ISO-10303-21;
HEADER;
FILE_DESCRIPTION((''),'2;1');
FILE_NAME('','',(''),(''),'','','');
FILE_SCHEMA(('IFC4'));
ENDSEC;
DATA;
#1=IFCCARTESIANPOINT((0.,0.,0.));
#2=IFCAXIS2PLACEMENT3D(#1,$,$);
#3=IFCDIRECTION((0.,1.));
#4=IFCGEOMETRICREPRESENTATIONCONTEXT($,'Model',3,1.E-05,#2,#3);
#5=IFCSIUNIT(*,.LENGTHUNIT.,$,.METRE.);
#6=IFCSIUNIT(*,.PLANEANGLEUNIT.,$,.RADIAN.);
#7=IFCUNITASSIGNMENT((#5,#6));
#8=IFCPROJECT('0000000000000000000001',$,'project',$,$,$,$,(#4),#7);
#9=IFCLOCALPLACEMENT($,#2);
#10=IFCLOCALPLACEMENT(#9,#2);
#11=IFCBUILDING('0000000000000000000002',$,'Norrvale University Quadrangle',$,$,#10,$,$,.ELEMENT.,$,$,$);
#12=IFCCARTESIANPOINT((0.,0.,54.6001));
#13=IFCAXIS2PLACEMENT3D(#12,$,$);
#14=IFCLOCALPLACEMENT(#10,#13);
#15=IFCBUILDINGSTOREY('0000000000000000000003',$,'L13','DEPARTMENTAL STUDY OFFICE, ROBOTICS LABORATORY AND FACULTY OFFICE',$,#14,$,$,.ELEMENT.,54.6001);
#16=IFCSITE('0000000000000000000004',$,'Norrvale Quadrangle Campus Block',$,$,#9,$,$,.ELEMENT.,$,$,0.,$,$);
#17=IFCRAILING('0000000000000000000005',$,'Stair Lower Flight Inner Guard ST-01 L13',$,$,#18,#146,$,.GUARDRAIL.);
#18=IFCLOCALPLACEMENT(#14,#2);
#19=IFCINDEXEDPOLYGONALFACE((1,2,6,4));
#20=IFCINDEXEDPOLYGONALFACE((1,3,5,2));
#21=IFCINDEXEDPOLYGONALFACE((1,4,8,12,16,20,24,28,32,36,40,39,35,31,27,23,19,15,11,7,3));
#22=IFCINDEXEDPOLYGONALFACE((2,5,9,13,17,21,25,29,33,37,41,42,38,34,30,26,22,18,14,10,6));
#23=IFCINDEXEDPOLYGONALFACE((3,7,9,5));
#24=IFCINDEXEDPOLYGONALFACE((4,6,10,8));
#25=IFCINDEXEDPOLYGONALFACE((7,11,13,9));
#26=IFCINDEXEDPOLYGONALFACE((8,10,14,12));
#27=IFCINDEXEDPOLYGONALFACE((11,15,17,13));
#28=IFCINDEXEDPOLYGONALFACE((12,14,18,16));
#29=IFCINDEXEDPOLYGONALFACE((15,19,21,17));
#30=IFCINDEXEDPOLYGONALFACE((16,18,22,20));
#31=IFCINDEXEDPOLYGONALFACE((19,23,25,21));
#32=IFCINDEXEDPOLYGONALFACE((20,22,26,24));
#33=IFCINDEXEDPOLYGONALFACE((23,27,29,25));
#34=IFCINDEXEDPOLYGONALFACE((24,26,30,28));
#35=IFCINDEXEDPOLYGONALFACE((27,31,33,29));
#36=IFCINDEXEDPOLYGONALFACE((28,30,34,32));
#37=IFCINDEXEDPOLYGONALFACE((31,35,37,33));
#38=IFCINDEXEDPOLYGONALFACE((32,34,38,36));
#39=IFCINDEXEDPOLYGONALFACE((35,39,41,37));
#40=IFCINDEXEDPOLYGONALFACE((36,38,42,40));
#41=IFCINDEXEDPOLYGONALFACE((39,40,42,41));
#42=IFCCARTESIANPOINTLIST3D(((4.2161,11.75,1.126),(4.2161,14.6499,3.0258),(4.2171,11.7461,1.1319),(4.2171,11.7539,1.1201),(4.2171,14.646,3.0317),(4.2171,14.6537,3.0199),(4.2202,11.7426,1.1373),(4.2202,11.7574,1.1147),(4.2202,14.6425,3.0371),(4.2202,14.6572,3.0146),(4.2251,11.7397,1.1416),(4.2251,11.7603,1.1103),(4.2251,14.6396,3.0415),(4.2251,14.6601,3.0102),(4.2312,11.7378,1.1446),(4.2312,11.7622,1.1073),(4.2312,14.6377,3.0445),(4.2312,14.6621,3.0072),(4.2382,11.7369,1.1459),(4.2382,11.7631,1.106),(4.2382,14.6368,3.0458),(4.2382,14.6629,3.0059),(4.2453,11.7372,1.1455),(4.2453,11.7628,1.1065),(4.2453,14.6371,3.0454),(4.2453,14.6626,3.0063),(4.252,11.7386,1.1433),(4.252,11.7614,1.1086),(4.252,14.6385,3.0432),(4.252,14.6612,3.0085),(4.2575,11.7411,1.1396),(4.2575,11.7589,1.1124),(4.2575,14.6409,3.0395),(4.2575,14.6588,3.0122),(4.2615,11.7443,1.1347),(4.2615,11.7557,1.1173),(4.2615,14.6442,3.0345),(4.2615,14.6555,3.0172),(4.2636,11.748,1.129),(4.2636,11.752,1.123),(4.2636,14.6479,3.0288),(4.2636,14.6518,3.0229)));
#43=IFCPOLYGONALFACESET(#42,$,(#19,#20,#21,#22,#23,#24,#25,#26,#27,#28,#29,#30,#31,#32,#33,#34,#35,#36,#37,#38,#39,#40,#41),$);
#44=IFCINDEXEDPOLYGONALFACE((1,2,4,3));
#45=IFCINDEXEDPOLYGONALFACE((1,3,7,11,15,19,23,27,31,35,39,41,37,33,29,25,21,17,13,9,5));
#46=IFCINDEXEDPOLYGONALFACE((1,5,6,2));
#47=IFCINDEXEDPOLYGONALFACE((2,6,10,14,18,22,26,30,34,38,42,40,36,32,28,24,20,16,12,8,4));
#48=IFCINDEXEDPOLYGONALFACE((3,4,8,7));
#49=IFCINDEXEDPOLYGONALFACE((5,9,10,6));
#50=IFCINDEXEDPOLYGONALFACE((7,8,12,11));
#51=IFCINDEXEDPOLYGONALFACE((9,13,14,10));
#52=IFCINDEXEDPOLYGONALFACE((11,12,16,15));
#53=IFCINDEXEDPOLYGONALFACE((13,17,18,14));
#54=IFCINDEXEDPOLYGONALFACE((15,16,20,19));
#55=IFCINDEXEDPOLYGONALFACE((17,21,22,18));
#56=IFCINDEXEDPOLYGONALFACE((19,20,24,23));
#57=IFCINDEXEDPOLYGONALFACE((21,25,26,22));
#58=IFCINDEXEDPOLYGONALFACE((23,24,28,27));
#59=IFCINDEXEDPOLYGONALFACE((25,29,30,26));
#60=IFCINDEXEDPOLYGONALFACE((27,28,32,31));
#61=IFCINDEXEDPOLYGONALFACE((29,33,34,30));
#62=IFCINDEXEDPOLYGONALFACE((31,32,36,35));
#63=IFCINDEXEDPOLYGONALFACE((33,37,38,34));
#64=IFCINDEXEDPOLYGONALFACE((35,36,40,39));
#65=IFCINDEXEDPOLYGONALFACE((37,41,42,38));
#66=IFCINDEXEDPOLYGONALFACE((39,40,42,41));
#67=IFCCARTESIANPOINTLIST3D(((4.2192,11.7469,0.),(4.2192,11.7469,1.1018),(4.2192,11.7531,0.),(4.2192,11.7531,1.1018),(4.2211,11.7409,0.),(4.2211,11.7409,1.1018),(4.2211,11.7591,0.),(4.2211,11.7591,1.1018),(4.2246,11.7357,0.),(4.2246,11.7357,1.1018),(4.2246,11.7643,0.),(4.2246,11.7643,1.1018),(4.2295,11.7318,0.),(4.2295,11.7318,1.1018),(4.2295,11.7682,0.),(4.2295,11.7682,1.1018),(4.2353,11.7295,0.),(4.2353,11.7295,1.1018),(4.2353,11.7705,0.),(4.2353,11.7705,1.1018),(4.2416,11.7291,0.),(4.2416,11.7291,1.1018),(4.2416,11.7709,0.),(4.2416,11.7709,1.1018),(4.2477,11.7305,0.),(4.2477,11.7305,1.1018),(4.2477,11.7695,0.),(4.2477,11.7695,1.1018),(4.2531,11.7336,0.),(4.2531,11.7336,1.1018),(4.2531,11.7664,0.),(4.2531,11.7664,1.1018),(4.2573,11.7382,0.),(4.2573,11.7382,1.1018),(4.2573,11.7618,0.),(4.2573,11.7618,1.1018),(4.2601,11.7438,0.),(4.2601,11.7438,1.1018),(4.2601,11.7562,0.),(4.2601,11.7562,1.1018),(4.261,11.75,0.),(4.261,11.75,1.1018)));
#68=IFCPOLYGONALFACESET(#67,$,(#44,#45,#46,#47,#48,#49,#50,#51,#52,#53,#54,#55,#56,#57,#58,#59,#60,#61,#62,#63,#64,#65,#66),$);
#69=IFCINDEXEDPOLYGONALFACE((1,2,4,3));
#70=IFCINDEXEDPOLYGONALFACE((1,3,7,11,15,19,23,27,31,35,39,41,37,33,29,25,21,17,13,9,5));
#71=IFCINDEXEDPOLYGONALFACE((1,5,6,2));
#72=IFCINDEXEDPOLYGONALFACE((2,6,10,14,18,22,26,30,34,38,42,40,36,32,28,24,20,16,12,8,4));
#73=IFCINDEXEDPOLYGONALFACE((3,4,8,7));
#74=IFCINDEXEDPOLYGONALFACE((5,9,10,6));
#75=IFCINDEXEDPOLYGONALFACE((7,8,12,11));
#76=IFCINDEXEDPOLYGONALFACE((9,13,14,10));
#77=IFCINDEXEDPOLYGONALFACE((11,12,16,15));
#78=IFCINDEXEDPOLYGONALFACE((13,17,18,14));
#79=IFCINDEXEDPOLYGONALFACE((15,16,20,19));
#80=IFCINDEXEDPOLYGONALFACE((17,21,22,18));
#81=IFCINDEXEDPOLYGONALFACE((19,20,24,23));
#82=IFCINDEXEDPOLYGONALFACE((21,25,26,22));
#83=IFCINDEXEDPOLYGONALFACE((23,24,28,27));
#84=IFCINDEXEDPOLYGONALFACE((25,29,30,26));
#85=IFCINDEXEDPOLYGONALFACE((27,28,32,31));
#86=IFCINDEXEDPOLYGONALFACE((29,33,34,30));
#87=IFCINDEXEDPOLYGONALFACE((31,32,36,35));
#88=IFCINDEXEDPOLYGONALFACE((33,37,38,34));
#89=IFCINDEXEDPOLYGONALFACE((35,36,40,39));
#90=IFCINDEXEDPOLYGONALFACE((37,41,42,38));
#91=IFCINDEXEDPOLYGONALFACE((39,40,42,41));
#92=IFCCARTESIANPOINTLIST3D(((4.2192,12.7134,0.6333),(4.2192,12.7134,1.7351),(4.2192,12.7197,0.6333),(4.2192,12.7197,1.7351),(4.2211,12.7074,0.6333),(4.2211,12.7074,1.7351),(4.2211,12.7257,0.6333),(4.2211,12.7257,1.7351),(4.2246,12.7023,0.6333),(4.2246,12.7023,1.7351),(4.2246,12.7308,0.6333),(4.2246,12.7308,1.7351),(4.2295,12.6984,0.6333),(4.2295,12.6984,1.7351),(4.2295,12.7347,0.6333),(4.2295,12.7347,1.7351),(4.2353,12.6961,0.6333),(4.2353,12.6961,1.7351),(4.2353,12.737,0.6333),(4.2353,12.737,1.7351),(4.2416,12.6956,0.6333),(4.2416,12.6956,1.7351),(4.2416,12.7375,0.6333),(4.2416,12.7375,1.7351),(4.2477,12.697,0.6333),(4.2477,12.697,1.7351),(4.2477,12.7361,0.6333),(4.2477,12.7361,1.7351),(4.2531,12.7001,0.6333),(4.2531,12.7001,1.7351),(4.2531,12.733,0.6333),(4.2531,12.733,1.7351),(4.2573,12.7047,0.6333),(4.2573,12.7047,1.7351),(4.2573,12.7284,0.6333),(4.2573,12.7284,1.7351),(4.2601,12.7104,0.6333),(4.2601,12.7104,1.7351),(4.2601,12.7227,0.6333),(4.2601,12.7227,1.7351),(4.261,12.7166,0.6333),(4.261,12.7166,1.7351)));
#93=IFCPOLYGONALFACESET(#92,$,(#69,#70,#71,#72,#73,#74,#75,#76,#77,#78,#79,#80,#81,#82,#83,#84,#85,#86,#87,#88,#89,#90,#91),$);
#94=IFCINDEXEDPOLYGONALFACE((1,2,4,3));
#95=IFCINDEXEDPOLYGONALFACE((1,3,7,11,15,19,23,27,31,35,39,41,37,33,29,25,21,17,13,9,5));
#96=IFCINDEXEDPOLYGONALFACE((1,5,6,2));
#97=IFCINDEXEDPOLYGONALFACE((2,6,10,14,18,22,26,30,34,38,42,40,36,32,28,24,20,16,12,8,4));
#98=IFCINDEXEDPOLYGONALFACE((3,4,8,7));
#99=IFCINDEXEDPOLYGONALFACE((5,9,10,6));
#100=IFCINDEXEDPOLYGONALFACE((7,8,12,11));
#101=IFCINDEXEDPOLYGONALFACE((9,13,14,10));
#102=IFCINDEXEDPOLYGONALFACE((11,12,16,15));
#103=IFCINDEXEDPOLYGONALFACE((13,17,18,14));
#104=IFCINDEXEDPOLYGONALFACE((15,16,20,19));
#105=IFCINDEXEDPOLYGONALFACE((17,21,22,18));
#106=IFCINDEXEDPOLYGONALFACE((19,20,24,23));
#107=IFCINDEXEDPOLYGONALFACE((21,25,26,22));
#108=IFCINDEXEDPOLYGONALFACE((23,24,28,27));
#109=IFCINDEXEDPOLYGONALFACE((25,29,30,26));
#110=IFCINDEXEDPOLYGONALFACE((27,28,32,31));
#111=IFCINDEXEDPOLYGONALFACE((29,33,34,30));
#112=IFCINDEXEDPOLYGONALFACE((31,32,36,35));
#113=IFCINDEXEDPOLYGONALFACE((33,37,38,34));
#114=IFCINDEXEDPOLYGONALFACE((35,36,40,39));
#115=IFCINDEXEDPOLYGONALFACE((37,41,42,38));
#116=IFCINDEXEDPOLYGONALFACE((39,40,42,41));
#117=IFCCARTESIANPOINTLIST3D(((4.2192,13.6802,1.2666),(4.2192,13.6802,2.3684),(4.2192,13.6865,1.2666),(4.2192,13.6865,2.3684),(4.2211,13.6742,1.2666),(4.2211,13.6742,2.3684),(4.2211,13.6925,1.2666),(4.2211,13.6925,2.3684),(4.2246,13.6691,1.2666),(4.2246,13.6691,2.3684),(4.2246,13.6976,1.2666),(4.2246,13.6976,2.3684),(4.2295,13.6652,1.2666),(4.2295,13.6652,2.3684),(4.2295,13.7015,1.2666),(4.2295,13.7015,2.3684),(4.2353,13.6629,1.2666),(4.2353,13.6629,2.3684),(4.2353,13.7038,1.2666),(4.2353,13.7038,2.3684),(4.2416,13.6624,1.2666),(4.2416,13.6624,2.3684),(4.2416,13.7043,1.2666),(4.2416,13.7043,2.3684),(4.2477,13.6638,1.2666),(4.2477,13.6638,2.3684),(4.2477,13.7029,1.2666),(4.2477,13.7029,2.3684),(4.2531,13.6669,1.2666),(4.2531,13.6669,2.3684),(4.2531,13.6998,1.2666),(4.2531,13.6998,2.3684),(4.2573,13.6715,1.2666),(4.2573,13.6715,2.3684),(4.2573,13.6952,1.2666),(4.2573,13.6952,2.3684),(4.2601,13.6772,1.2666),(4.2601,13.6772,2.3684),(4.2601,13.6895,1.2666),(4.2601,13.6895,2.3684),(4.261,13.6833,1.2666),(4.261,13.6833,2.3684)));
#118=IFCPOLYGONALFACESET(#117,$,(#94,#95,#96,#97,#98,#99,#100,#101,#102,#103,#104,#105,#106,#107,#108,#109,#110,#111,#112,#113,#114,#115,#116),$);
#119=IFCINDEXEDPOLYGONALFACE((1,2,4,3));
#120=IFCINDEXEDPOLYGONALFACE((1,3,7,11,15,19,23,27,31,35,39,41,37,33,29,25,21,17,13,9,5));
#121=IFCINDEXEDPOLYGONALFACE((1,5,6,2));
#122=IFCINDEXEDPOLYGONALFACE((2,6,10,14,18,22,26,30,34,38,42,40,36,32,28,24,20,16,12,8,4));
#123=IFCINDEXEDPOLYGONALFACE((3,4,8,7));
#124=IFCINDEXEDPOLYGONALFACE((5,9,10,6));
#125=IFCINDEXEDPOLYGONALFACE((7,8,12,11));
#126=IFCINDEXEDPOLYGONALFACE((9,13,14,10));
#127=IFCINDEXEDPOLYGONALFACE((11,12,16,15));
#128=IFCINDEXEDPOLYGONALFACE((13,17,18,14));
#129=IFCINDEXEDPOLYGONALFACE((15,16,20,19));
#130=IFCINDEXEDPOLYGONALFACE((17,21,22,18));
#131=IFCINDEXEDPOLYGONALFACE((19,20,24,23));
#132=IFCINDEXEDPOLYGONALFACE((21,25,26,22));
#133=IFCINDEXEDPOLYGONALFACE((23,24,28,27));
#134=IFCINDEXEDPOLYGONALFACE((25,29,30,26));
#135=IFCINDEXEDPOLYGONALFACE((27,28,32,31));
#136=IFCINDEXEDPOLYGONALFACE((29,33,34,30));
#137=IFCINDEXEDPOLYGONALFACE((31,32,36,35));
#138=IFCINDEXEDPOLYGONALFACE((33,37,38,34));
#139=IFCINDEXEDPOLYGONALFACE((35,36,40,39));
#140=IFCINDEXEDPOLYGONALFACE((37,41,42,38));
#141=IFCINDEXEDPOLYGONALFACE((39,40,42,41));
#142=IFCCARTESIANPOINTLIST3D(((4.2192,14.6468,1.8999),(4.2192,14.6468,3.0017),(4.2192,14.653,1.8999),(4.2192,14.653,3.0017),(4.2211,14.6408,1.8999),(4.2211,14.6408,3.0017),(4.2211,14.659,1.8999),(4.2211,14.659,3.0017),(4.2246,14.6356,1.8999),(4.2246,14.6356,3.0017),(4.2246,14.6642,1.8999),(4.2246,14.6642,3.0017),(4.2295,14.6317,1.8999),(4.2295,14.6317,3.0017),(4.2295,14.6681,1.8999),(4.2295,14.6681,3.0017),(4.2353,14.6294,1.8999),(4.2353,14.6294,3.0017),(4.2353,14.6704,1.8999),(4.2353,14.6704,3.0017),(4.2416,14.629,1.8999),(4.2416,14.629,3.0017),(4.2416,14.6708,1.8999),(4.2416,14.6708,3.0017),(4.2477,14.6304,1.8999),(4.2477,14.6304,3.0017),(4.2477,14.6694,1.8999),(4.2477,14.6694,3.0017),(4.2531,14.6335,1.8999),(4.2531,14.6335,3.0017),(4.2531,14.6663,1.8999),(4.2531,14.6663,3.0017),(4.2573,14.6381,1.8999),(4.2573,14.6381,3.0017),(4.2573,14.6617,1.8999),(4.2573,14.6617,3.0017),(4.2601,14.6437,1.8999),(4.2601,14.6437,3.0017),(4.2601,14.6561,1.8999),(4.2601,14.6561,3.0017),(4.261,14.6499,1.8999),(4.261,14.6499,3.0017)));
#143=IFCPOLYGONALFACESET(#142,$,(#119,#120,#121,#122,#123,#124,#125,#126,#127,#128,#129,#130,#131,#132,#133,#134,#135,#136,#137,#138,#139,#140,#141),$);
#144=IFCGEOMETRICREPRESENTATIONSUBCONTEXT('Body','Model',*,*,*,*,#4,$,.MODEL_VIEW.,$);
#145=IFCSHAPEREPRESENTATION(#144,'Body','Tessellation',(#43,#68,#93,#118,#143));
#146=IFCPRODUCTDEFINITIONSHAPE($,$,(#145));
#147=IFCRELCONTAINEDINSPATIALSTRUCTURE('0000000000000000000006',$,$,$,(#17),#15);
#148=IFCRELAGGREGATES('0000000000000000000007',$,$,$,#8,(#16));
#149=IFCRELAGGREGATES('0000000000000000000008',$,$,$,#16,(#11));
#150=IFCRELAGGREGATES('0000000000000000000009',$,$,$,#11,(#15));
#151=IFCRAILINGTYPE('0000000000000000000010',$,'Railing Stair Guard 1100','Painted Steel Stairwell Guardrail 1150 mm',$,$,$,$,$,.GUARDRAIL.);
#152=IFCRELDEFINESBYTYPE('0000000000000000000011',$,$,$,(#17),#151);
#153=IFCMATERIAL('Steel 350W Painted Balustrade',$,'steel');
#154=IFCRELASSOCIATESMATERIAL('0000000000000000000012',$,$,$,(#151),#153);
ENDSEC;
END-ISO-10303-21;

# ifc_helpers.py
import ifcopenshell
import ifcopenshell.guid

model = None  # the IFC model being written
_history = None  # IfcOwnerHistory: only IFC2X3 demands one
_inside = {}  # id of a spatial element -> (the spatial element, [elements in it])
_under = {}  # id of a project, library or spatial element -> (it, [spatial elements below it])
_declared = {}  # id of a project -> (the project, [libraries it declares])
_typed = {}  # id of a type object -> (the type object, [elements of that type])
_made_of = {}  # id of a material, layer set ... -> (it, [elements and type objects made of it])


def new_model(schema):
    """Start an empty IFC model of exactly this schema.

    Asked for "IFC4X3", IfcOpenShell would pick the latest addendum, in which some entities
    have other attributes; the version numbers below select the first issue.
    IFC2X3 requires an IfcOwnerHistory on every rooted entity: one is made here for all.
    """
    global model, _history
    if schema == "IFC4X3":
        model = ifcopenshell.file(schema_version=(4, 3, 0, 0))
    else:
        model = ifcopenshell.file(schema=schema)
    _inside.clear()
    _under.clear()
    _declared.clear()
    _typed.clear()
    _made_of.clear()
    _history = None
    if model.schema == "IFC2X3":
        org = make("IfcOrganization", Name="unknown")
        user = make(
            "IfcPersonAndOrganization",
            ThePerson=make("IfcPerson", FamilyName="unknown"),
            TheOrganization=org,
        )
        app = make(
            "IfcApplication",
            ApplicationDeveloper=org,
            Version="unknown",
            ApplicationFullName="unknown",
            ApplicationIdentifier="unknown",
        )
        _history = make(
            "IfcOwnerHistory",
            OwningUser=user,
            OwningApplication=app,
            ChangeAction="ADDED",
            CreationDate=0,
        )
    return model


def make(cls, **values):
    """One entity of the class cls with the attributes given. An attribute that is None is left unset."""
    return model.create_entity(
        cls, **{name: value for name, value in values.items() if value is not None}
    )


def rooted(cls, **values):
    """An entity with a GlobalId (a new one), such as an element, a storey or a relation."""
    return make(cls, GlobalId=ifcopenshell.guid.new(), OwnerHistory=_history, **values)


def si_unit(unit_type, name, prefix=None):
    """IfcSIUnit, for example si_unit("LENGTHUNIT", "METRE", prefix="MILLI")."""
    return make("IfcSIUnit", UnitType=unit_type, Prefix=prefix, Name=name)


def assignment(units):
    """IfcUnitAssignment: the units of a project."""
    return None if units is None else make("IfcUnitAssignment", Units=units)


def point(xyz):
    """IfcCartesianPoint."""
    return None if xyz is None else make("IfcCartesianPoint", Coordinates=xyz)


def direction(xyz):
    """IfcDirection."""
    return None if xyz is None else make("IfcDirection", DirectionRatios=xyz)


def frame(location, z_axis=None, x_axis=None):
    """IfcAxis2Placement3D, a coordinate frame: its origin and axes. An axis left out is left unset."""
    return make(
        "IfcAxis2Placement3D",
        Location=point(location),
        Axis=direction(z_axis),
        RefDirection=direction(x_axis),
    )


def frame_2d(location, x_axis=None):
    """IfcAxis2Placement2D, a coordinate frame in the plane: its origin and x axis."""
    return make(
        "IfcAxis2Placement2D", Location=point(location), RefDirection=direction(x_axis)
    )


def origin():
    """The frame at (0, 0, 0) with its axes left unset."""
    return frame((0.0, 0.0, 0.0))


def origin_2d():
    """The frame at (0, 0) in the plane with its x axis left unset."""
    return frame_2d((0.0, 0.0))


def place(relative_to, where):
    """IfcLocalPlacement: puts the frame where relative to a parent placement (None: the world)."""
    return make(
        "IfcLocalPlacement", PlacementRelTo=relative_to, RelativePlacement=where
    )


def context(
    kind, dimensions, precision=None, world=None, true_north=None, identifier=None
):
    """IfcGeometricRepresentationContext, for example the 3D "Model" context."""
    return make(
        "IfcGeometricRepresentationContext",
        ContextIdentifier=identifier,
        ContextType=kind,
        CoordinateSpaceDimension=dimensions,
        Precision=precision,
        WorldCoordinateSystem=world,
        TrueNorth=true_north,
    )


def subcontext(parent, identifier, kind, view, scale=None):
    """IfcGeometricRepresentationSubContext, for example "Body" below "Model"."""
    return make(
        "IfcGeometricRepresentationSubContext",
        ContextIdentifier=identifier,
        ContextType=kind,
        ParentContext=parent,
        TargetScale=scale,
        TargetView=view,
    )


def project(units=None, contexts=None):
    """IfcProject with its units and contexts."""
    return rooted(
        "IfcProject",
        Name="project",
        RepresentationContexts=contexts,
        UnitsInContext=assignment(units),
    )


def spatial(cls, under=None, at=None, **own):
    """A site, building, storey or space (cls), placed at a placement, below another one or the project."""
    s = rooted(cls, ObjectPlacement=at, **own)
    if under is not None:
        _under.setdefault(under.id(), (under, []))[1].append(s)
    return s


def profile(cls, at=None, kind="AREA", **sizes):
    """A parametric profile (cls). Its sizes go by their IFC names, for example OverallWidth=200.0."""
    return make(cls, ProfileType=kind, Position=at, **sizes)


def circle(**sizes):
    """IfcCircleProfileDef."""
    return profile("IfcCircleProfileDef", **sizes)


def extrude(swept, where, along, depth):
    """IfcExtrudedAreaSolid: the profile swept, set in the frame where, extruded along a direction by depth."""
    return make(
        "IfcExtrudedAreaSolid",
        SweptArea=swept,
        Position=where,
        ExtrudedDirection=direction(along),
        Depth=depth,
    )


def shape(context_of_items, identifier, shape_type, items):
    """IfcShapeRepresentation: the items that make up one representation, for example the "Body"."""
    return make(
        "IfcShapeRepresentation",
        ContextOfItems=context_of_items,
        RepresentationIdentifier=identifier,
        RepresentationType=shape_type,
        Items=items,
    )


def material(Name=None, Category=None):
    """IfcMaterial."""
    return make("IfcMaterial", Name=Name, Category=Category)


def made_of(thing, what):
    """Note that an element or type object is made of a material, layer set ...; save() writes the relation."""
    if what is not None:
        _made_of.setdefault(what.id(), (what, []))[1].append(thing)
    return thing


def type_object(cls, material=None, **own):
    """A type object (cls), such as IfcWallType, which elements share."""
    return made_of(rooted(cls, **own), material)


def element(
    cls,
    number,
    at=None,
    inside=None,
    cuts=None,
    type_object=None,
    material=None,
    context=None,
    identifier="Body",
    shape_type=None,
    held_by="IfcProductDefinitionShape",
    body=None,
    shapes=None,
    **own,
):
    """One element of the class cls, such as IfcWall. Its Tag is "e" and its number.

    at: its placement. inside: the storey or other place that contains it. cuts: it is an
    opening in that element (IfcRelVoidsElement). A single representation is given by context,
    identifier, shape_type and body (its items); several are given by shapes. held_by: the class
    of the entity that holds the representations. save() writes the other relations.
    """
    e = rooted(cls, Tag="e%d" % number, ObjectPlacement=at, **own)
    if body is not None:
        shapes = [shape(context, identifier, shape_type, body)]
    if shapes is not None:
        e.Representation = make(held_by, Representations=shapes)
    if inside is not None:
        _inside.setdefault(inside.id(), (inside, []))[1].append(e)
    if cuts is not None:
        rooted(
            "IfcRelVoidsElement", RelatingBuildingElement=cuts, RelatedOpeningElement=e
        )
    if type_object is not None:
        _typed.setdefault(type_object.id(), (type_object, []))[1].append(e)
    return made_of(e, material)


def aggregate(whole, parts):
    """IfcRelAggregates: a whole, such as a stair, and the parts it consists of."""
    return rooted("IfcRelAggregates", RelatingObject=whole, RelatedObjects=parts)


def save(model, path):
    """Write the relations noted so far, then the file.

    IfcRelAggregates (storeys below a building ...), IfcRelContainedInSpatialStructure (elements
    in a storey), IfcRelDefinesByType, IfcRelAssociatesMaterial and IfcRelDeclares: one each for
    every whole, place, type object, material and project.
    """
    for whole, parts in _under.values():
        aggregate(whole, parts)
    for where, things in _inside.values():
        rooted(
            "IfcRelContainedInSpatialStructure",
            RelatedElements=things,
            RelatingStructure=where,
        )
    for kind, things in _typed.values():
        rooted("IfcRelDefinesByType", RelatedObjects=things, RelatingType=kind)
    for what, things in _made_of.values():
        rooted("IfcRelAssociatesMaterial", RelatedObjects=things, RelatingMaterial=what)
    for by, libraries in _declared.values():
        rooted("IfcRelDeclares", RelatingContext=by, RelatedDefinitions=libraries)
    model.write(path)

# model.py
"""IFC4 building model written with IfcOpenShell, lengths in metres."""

from ifc_helpers import new_model, si_unit, direction, frame, origin, origin_2d, place, context, subcontext, project, spatial, circle, extrude, material, type_object, element, save


model = new_model("IFC4")

# Units and contexts
model_context = context("Model", 3, precision=1e-05, world=origin(), true_north=direction((0.0, 1.0)))
body_context = subcontext(model_context, "Body", "Model", "MODEL_VIEW")
ifc_project = project(units=[si_unit("LENGTHUNIT", "METRE"), si_unit("PLANEANGLEUNIT", "RADIAN")], contexts=[model_context])

# Site, building, storey
site_placement = place(None, origin())
site = spatial("IfcSite", under=ifc_project, at=site_placement, Name="Norrvale Quadrangle Campus Block", CompositionType="ELEMENT", RefElevation=0.0)
building_placement = place(site_placement, origin())
building = spatial("IfcBuilding", under=site, at=building_placement, Name="Norrvale University Quadrangle", CompositionType="ELEMENT")
storey_placement = place(building_placement, frame((0.0, 0.0, 54.6001)))
storey = spatial("IfcBuildingStorey", under=building, at=storey_placement, Name="L13", Description="DEPARTMENTAL STUDY OFFICE, ROBOTICS LABORATORY AND FACULTY OFFICE", CompositionType="ELEMENT", Elevation=54.6001)

# Railing
ifc_material_1 = material(Name="Steel 350W Painted Balustrade", Category="steel")
railing_type_1 = type_object("IfcRailingType", Name="Railing Stair Guard 1100", Description="Painted Steel Stairwell Guardrail 1150 mm", PredefinedType="GUARDRAIL", material=ifc_material_1)
railing_1_placement = place(storey_placement, frame((4.24, 11.75, 0.0)))
element("IfcRailing", 1, at=railing_1_placement, inside=storey, type_object=railing_type_1, Name="Stair Lower Flight Inner Guard ST-01 L13", PredefinedType="GUARDRAIL", context=body_context, shape_type="SweptSolid", body=[
    extrude(circle(Radius=0.0239, at=origin_2d()), frame((0.0, 0.0, 1.126), z_axis=(0.0, 0.836466, 0.548019), x_axis=(-1.0, 0.0, 0.0)), (0.0, 0.0, 1.0), 3.4668),
    extrude(circle(Radius=0.021, at=origin_2d()), origin(), (0.0, 0.0, 1.0), 1.1018),
    extrude(circle(Radius=0.021, at=origin_2d()), frame((0.0, 0.9666, 0.6333)), (0.0, 0.0, 1.0), 1.1018),
    extrude(circle(Radius=0.021, at=origin_2d()), frame((0.0, 1.9333, 1.2666)), (0.0, 0.0, 1.0), 1.1018),
    extrude(circle(Radius=0.021, at=origin_2d()), frame((0.0, 2.8999, 1.8999)), (0.0, 0.0, 1.0), 1.1018),
])

save(model, "model.ifc")
